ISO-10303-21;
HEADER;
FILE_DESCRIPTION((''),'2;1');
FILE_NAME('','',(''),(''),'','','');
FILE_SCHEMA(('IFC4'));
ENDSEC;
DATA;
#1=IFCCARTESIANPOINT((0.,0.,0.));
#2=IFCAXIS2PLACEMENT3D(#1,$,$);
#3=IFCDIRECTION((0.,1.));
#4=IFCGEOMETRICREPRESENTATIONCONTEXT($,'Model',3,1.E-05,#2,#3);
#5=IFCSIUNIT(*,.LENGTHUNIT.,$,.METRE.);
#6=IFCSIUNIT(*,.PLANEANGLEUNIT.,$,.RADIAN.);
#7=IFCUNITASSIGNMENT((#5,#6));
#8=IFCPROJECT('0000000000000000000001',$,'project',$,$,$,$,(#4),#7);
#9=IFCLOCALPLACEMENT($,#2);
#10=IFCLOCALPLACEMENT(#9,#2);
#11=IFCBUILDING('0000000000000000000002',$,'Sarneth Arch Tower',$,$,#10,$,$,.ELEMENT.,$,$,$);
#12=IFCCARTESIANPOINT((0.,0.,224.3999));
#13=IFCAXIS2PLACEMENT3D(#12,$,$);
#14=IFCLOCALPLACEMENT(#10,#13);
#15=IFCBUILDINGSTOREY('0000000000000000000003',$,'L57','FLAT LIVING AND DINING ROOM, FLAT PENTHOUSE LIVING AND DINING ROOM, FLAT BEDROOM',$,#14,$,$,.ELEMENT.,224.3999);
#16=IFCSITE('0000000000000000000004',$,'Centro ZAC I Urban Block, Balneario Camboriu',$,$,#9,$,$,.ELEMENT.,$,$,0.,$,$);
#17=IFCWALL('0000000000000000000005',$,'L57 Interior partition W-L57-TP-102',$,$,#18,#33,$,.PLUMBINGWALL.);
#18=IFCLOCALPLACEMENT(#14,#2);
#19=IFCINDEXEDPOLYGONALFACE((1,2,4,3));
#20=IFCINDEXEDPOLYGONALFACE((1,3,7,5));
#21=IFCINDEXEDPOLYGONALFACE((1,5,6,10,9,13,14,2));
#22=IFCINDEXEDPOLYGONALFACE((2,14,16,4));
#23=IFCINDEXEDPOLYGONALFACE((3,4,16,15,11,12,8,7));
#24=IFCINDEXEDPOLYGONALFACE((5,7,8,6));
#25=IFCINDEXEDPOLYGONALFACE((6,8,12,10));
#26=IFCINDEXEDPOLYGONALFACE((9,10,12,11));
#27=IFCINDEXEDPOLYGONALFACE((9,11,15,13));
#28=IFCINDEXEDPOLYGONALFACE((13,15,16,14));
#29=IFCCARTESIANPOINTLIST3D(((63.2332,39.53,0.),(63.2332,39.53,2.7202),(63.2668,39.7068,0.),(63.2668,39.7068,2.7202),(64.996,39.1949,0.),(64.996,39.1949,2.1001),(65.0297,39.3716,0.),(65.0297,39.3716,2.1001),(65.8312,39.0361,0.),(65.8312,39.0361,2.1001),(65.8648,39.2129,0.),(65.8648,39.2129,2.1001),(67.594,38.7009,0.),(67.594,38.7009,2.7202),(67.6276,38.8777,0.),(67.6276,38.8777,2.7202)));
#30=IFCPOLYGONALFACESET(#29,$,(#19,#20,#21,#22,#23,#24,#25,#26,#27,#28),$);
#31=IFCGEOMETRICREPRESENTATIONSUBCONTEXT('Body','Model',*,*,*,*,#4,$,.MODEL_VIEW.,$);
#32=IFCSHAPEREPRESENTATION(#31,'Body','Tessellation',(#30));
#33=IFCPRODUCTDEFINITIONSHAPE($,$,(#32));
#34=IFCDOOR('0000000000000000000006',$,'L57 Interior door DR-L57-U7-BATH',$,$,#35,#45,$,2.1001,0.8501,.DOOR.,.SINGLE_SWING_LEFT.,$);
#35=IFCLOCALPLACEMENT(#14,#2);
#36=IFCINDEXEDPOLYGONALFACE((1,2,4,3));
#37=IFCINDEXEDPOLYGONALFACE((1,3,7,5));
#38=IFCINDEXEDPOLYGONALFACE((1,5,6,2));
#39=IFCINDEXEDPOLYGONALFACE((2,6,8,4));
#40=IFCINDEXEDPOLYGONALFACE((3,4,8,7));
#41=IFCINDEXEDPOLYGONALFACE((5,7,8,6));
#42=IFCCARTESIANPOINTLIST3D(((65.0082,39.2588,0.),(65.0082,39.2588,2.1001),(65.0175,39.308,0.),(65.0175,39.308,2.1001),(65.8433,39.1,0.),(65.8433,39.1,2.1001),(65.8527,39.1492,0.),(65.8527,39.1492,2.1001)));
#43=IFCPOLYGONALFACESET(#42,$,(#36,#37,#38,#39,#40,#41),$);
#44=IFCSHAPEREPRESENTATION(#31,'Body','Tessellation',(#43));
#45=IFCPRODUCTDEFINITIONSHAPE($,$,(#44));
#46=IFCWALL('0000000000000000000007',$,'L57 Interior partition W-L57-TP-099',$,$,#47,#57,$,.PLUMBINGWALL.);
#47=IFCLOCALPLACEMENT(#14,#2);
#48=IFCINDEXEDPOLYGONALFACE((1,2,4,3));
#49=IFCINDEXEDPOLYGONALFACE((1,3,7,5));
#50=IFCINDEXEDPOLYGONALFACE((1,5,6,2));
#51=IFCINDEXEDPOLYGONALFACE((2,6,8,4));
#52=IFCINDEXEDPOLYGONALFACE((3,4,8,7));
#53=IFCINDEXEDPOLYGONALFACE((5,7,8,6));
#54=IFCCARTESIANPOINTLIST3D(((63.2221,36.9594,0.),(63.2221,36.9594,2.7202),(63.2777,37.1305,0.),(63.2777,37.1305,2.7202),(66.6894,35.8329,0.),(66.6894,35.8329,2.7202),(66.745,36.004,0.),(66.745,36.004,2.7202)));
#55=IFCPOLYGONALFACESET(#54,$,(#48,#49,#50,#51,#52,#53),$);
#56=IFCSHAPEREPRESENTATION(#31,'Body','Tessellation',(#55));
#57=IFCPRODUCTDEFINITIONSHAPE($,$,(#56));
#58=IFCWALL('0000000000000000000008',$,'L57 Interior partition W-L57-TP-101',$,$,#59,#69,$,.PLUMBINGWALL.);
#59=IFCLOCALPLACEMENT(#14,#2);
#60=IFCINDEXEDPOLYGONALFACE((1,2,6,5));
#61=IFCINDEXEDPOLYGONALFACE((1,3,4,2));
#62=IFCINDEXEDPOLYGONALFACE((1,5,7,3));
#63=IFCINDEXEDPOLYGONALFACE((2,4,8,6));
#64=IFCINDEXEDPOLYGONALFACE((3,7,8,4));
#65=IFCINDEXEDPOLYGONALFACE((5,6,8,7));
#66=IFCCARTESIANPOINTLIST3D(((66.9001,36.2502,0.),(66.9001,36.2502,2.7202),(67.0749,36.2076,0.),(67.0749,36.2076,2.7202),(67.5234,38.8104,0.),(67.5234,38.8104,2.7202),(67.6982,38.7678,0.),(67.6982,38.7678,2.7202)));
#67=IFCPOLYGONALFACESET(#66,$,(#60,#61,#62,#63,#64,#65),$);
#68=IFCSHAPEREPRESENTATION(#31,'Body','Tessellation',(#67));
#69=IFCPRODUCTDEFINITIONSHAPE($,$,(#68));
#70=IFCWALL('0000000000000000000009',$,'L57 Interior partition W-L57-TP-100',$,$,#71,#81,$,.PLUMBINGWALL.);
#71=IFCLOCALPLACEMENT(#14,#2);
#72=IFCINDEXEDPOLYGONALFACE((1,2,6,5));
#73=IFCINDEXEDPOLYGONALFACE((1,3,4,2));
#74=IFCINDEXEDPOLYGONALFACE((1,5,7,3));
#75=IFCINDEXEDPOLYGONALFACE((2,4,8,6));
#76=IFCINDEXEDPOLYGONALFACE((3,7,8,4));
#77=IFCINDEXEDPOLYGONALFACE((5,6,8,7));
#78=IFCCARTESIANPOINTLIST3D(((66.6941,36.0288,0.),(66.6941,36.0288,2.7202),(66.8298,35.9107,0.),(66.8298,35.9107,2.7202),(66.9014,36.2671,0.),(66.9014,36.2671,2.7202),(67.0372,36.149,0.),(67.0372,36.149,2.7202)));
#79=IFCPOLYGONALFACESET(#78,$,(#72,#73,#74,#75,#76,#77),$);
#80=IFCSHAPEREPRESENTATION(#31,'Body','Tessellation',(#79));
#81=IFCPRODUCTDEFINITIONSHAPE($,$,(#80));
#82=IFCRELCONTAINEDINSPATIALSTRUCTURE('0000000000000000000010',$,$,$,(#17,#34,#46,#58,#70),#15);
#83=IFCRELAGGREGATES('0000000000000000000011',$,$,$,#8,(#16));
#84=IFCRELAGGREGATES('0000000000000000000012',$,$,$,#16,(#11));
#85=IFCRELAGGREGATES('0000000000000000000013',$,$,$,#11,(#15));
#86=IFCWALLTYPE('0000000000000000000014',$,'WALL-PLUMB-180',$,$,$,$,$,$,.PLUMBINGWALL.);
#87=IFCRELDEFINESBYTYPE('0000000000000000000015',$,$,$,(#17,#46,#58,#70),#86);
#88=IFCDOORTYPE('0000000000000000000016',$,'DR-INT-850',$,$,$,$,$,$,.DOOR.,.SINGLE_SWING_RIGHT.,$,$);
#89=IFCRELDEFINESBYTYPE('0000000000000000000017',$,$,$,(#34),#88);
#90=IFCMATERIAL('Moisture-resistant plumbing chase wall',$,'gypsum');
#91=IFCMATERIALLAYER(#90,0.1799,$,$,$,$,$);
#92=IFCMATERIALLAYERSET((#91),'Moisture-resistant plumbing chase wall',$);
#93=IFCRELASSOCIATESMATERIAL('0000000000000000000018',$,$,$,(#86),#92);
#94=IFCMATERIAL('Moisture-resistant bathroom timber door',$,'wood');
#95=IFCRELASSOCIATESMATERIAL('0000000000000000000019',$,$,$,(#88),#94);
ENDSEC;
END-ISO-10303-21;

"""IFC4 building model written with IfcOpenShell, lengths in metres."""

from ifc_helpers import new_model, si_unit, direction, frame, frame_2d, origin, place, context, subcontext, project, spatial, rectangle, extrude, material, layer, layer_set, type_object, element, fill, save


model = new_model("IFC4")

# Units and contexts
model_context = context("Model", 3, precision=1e-05, world=origin(), true_north=direction((0.0, 1.0)))
body_context = subcontext(model_context, "Body", "Model", "MODEL_VIEW")
ifc_project = project(units=[si_unit("LENGTHUNIT", "METRE"), si_unit("PLANEANGLEUNIT", "RADIAN")], contexts=[model_context])

# Site, building, storey
site_placement = place(None, origin())
site = spatial("IfcSite", under=ifc_project, at=site_placement, Name="Centro ZAC I Urban Block, Balneario Camboriu", CompositionType="ELEMENT", RefElevation=0.0)
building_placement = place(site_placement, origin())
building = spatial("IfcBuilding", under=site, at=building_placement, Name="Sarneth Arch Tower", CompositionType="ELEMENT")
storey_placement = place(building_placement, frame((0.0, 0.0, 224.3999)))
storey = spatial("IfcBuildingStorey", under=building, at=storey_placement, Name="L57", Description="FLAT LIVING AND DINING ROOM, FLAT PENTHOUSE LIVING AND DINING ROOM, FLAT BEDROOM", CompositionType="ELEMENT", Elevation=224.3999)

# Wall, opening, door
ifc_material_1 = material(Name="Moisture-resistant plumbing chase wall", Category="gypsum")
ifc_layer_1 = layer(ifc_material_1, 0.1799)
ifc_layer_set_1 = layer_set([ifc_layer_1], Name="Moisture-resistant plumbing chase wall")
wall_type_1 = type_object("IfcWallType", Name="WALL-PLUMB-180", PredefinedType="PLUMBINGWALL", material=ifc_layer_set_1)
wall_1_placement = place(storey_placement, frame((67.6108, 38.7893, 0.0), z_axis=(0.0, 0.0, 1.0), x_axis=(-0.982402, 0.186778, 0.0)))
wall_1 = element("IfcWall", 1, at=wall_1_placement, inside=storey, type_object=wall_type_1, Name="L57 Interior partition W-L57-TP-102", PredefinedType="PLUMBINGWALL", context=body_context, shape_type="SweptSolid", body=[
    extrude(rectangle(XDim=4.439, YDim=0.1799, at=frame_2d((2.2195, 0.0))), origin(), (0.0, 0.0, 1.0), 2.7202),
])
opening_1_placement = place(wall_1_placement, frame((1.7944, 0.0, 0.0)))
opening_1 = element("IfcOpeningElement", 2, at=opening_1_placement, cuts=wall_1, PredefinedType="OPENING", context=body_context, shape_type="SweptSolid", body=[
    extrude(rectangle(XDim=0.8501, YDim=2.1001, at=frame_2d((0.425, 1.05))), frame((0.0, 0.0999, 0.0), z_axis=(0.0, -1.0, 0.0), x_axis=(1.0, 0.0, 0.0)), (0.0, 0.0, 1.0), 0.2),
])
ifc_material_2 = material(Name="Moisture-resistant bathroom timber door", Category="wood")
door_type_1 = type_object("IfcDoorType", Name="DR-INT-850", OperationType="SINGLE_SWING_RIGHT", PredefinedType="DOOR", material=ifc_material_2)
door_1_placement = place(opening_1_placement, origin())
door_1 = element("IfcDoor", 3, at=door_1_placement, inside=storey, type_object=door_type_1, Name="L57 Interior door DR-L57-U7-BATH", OperationType="SINGLE_SWING_LEFT", OverallHeight=2.1001, OverallWidth=0.8501, PredefinedType="DOOR", context=body_context, shape_type="SweptSolid", body=[
    extrude(rectangle(XDim=0.8501, YDim=2.1001, at=frame_2d((0.425, 1.05))), frame((0.0, 0.0249, 0.0), z_axis=(0.0, -1.0, 0.0), x_axis=(1.0, 0.0, 0.0)), (0.0, 0.0, 1.0), 0.05),
])
fill(opening_1, door_1)

# Walls
wall_2_placement = place(storey_placement, frame((63.25, 37.0449, 0.0), z_axis=(0.0, 0.0, 1.0), x_axis=(0.951067, -0.308986, 0.0)))
element("IfcWall", 4, at=wall_2_placement, inside=storey, type_object=wall_type_1, Name="L57 Interior partition W-L57-TP-099", PredefinedType="PLUMBINGWALL", context=body_context, shape_type="SweptSolid", body=[
    extrude(rectangle(XDim=3.6458, YDim=0.1799, at=frame_2d((1.8228, 0.0))), origin(), (0.0, 0.0, 1.0), 2.7202),
])
wall_3_placement = place(storey_placement, frame((66.9875, 36.229, 0.0), z_axis=(0.0, 0.0, 1.0), x_axis=(0.236536, 0.971623, 0.0)))
element("IfcWall", 5, at=wall_3_placement, inside=storey, type_object=wall_type_1, Name="L57 Interior partition W-L57-TP-101", PredefinedType="PLUMBINGWALL", context=body_context, shape_type="SweptSolid", body=[
    extrude(rectangle(XDim=2.635, YDim=0.1799, at=frame_2d((1.3174, 0.0))), origin(), (0.0, 0.0, 1.0), 2.7202),
])
wall_4_placement = place(storey_placement, frame((66.762, 35.9697, 0.0), z_axis=(0.0, 0.0, 1.0), x_axis=(0.656313, 0.754489, 0.0)))
element("IfcWall", 6, at=wall_4_placement, inside=storey, type_object=wall_type_1, Name="L57 Interior partition W-L57-TP-100", PredefinedType="PLUMBINGWALL", context=body_context, shape_type="SweptSolid", body=[
    extrude(rectangle(XDim=0.3159, YDim=0.1799, at=frame_2d((0.158, 0.0))), origin(), (0.0, 0.0, 1.0), 2.7202),
])

save(model, "model.ifc")
